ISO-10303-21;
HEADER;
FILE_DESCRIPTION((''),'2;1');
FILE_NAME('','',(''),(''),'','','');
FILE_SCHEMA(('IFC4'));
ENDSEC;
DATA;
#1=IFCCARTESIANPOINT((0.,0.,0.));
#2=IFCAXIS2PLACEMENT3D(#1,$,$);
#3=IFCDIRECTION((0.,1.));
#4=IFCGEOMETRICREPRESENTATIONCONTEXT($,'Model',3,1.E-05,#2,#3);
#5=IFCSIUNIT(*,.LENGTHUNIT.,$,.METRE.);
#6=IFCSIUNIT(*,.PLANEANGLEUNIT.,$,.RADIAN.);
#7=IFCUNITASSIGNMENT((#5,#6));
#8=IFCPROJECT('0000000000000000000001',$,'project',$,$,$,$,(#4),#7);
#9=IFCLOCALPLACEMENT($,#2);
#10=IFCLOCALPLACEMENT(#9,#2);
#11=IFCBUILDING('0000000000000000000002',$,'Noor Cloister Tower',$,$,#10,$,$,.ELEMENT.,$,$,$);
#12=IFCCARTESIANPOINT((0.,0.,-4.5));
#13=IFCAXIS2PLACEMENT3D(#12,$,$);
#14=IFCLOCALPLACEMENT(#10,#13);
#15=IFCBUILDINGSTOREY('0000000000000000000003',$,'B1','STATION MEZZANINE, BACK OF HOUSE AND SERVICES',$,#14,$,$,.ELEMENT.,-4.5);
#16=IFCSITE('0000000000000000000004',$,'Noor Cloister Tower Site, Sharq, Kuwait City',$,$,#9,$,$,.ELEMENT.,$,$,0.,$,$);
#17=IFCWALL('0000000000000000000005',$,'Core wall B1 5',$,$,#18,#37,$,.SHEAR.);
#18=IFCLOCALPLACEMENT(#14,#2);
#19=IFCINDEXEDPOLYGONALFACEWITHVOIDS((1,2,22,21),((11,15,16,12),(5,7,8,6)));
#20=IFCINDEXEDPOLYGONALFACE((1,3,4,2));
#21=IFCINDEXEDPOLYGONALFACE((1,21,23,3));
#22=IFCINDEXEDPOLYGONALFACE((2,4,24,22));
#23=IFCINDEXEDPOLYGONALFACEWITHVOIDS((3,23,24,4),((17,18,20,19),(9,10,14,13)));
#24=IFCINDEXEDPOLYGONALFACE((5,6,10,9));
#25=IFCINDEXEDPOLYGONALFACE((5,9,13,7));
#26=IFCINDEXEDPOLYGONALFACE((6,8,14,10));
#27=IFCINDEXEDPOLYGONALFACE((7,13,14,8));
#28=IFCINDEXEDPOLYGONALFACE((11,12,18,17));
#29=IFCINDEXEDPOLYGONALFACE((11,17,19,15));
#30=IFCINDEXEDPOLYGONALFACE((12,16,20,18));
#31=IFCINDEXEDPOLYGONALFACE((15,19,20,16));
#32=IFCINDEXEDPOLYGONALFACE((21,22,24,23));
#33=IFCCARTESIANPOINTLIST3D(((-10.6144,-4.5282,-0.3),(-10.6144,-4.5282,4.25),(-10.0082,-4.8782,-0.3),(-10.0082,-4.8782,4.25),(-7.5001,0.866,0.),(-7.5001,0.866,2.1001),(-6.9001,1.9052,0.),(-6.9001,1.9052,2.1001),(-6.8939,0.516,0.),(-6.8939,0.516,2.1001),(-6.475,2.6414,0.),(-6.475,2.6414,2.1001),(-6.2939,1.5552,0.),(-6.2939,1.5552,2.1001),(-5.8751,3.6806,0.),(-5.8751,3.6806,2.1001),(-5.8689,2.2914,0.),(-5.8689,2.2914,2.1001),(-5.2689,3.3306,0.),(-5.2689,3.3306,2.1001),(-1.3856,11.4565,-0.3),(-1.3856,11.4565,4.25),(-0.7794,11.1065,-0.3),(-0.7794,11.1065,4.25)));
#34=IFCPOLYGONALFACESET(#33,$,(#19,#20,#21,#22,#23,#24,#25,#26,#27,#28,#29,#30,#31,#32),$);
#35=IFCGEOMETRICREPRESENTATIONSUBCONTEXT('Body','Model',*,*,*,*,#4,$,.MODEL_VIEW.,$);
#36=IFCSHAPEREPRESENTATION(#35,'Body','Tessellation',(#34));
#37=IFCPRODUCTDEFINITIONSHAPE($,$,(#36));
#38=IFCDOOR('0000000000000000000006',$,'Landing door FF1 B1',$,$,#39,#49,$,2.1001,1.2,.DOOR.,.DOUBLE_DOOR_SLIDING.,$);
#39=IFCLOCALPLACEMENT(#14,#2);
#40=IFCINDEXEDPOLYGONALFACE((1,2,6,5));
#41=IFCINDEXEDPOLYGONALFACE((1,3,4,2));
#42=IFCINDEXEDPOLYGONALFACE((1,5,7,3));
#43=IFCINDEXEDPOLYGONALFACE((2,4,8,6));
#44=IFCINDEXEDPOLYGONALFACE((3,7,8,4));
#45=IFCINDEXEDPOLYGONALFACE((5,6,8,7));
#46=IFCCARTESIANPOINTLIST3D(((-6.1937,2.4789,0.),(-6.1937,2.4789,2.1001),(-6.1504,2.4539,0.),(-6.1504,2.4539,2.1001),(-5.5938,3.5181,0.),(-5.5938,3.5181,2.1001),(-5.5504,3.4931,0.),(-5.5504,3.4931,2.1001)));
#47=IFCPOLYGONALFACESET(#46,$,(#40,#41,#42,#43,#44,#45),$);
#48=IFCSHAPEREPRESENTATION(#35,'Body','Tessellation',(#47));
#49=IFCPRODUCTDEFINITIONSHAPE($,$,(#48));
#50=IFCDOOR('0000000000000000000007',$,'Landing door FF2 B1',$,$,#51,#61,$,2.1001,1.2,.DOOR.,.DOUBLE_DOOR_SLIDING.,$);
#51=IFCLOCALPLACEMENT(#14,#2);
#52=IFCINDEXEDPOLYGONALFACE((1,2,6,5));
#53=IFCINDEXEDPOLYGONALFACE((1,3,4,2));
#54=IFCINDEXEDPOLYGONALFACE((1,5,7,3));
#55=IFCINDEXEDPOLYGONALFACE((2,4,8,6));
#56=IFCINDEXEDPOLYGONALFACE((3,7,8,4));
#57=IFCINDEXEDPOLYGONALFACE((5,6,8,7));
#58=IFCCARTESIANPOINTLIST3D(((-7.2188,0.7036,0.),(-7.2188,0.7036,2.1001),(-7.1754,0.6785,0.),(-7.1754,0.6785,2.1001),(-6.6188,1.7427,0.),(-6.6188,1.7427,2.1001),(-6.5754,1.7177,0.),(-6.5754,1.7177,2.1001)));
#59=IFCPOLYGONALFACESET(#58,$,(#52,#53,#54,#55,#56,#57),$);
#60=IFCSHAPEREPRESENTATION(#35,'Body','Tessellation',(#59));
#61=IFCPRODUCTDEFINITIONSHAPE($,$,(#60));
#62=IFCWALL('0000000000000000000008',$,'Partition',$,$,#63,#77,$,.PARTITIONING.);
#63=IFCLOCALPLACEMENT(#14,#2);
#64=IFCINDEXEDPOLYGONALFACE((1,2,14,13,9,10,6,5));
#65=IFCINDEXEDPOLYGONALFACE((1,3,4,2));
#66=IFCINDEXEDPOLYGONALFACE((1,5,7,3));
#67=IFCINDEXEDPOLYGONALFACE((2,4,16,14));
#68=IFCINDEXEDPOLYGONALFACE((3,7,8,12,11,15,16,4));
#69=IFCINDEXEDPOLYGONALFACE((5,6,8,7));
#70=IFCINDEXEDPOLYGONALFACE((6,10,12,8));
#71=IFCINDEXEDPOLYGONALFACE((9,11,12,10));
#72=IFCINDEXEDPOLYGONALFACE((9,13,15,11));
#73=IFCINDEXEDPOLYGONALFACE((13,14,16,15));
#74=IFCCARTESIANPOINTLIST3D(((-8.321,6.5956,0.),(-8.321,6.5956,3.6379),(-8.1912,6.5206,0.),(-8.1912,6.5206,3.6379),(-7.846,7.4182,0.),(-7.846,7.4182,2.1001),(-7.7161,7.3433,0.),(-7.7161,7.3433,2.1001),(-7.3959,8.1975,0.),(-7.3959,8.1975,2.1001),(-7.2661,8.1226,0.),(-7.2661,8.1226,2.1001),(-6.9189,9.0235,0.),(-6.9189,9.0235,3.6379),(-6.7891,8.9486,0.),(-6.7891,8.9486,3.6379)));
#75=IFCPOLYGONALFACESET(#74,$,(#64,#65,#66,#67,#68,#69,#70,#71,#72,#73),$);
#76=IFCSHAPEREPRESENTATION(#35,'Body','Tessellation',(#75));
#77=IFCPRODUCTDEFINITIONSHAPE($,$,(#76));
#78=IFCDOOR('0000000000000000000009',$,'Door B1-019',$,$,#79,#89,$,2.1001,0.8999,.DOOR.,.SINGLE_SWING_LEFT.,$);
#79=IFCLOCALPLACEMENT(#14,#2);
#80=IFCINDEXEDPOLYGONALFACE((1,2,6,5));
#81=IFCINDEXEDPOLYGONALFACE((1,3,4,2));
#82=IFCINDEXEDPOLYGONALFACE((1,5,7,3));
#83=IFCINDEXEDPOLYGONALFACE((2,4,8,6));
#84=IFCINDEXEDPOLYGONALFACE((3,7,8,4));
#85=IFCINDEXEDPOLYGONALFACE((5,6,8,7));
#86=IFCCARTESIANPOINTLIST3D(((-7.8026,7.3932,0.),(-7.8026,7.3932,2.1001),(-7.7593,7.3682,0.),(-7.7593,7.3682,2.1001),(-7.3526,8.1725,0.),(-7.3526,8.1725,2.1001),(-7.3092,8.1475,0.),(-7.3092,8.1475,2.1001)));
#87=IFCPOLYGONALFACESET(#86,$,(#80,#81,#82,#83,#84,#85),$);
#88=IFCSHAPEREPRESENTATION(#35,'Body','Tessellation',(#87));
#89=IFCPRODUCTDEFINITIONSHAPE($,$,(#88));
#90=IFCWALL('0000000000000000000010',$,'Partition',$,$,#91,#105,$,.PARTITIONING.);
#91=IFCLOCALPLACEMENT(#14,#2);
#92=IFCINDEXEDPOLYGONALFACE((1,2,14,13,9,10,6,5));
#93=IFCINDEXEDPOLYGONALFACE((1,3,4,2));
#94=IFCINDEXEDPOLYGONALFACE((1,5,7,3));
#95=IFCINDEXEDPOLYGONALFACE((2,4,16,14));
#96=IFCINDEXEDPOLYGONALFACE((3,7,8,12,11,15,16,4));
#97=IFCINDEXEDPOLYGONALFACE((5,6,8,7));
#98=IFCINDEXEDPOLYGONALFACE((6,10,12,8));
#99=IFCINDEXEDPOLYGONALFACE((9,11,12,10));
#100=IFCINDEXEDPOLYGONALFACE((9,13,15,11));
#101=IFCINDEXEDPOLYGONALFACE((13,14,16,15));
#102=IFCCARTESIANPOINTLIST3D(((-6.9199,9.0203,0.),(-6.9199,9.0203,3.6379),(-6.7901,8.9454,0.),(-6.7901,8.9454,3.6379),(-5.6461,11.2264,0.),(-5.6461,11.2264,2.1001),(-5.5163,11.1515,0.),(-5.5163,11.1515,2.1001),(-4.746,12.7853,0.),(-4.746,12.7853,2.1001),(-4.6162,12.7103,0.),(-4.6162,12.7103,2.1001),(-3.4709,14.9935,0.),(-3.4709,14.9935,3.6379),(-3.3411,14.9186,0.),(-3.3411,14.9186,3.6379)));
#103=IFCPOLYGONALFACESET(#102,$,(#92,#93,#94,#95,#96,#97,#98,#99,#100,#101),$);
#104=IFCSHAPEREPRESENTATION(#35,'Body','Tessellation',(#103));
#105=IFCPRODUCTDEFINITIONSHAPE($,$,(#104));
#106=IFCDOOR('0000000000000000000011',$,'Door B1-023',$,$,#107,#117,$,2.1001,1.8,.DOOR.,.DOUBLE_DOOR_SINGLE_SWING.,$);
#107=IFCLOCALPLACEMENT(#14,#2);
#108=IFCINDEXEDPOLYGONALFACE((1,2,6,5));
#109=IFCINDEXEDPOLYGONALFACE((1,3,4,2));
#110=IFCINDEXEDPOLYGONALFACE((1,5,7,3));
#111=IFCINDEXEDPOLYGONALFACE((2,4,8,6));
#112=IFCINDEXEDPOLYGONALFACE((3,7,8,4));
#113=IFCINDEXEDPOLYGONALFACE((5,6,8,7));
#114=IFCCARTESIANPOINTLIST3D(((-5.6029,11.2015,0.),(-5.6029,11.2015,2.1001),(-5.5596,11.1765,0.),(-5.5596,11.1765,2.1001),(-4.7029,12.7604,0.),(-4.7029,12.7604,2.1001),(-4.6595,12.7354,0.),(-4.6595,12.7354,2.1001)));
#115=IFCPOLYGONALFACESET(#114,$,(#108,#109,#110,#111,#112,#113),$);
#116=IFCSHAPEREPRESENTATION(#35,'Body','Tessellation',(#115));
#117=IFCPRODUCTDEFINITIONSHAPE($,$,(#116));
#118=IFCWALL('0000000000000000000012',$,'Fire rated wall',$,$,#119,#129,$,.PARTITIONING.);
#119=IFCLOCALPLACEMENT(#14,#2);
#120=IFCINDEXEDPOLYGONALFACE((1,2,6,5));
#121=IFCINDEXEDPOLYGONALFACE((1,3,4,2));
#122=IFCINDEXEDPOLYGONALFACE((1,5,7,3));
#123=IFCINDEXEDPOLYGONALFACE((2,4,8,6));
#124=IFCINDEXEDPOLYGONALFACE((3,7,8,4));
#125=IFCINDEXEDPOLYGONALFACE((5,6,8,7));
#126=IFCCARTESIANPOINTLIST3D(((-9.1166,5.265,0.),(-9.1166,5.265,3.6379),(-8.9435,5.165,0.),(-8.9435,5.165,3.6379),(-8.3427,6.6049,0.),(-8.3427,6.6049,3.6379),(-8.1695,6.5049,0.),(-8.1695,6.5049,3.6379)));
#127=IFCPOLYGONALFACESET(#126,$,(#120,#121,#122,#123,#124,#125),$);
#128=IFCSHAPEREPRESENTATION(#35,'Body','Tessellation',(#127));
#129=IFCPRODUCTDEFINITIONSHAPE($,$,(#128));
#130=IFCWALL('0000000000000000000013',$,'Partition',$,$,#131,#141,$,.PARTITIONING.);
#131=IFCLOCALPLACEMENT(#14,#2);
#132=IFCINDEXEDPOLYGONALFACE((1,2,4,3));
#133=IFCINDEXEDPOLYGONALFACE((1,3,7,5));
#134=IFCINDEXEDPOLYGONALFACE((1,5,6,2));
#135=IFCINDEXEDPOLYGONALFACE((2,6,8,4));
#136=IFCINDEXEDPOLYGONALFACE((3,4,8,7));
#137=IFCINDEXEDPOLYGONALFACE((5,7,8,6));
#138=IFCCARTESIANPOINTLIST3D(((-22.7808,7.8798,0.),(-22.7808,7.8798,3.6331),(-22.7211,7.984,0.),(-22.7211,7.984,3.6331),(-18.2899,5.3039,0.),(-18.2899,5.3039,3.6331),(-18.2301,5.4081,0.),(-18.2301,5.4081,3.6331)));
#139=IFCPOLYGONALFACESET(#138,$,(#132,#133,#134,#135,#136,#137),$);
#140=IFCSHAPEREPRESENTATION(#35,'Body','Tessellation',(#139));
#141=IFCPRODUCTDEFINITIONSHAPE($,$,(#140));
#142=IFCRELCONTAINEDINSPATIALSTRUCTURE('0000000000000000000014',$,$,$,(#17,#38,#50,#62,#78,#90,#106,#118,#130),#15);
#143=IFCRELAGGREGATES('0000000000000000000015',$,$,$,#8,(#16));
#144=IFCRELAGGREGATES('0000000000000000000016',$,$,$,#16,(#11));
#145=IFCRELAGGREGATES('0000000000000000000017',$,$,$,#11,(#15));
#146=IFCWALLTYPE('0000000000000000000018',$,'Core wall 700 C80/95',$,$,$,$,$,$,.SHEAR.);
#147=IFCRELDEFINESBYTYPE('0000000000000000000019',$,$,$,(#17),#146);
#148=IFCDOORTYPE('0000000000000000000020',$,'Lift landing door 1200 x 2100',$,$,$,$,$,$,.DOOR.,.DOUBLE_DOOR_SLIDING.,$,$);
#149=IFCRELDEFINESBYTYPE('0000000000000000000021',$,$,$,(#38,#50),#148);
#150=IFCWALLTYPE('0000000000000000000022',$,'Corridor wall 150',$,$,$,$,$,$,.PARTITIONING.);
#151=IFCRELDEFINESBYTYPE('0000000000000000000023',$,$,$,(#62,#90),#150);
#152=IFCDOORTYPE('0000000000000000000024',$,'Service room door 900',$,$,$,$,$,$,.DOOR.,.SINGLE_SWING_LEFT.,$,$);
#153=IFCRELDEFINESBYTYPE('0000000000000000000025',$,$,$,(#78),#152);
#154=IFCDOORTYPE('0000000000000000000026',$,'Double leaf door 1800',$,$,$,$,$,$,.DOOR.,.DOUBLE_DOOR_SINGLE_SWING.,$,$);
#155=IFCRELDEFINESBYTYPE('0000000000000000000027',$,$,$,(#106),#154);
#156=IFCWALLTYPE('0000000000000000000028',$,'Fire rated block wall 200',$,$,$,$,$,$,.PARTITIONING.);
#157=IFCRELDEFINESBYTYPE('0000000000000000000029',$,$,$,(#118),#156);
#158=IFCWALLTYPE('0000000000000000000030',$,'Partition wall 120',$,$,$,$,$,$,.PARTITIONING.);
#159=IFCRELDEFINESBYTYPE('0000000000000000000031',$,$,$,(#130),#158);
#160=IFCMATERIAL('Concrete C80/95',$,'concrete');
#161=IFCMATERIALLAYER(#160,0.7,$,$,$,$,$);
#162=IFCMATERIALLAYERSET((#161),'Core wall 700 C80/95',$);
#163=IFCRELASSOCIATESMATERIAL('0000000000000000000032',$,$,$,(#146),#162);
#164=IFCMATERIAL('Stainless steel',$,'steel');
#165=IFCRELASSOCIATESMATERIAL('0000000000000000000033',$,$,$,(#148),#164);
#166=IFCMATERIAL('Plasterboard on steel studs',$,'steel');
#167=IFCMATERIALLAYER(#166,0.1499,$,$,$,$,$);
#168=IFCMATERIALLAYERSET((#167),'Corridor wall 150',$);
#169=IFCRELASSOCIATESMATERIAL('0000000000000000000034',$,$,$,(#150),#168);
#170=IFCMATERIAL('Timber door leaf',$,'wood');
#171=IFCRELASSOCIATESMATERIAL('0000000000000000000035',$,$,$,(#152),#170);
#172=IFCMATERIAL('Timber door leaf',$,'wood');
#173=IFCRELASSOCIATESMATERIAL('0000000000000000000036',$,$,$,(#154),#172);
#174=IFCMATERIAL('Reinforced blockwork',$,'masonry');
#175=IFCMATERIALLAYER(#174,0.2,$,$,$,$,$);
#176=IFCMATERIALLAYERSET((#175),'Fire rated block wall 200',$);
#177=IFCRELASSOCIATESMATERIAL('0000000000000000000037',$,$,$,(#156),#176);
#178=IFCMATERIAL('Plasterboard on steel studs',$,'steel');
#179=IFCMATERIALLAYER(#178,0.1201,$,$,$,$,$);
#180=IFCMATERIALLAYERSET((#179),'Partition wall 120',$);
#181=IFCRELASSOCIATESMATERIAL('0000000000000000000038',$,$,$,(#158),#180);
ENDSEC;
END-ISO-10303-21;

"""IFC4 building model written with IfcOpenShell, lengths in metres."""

from ifc_helpers import new_model, si_unit, direction, frame, frame_2d, origin, place, context, subcontext, project, spatial, rectangle, extrude, material, layer, layer_set, type_object, element, fill, save


model = new_model("IFC4")

# Units and contexts
model_context = context("Model", 3, precision=1e-05, world=origin(), true_north=direction((0.0, 1.0)))
body_context = subcontext(model_context, "Body", "Model", "MODEL_VIEW")
ifc_project = project(units=[si_unit("LENGTHUNIT", "METRE"), si_unit("PLANEANGLEUNIT", "RADIAN")], contexts=[model_context])

# Site, building, storey
site_placement = place(None, origin())
site = spatial("IfcSite", under=ifc_project, at=site_placement, Name="Noor Cloister Tower Site, Sharq, Kuwait City", CompositionType="ELEMENT", RefElevation=0.0)
building_placement = place(site_placement, origin())
building = spatial("IfcBuilding", under=site, at=building_placement, Name="Noor Cloister Tower", CompositionType="ELEMENT")
storey_placement = place(building_placement, frame((0.0, 0.0, -4.5)))
storey = spatial("IfcBuildingStorey", under=building, at=storey_placement, Name="B1", Description="STATION MEZZANINE, BACK OF HOUSE AND SERVICES", CompositionType="ELEMENT", Elevation=-4.5)

# Wall, openings, doors
ifc_material_1 = material(Name="Concrete C80/95", Category="concrete")
ifc_layer_1 = layer(ifc_material_1, 0.7)
ifc_layer_set_1 = layer_set([ifc_layer_1], Name="Core wall 700 C80/95")
wall_type_1 = type_object("IfcWallType", Name="Core wall 700 C80/95", PredefinedType="SHEAR", material=ifc_layer_set_1)
wall_1_placement = place(storey_placement, frame((-1.0825, 11.2815, -0.3), z_axis=(0.0, 0.0, 1.0), x_axis=(-0.500001, -0.866025, 0.0)))
wall_1 = element("IfcWall", 1, at=wall_1_placement, inside=storey, type_object=wall_type_1, Name="Core wall B1 5", PredefinedType="SHEAR", context=body_context, shape_type="SweptSolid", body=[
    extrude(rectangle(XDim=18.4575, YDim=0.7, at=frame_2d((9.2288, 0.0))), origin(), (0.0, 0.0, 1.0), 4.55),
])
opening_1_placement = place(wall_1_placement, frame((8.9788, 0.0, 0.3)))
opening_1 = element("IfcOpeningElement", 2, at=opening_1_placement, cuts=wall_1, PredefinedType="OPENING", context=body_context, shape_type="SweptSolid", body=[
    extrude(rectangle(XDim=1.2, YDim=2.1001, at=frame_2d((0.6001, 1.05))), frame((0.0, 0.3599, 0.0), z_axis=(0.0, -1.0, 0.0), x_axis=(1.0, 0.0, 0.0)), (0.0, 0.0, 1.0), 0.72),
])
opening_2_placement = place(wall_1_placement, frame((11.0288, 0.0, 0.3)))
opening_2 = element("IfcOpeningElement", 3, at=opening_2_placement, cuts=wall_1, PredefinedType="OPENING", context=body_context, shape_type="SweptSolid", body=[
    extrude(rectangle(XDim=1.2, YDim=2.1001, at=frame_2d((0.6001, 1.05))), frame((0.0, 0.3599, 0.0), z_axis=(0.0, -1.0, 0.0), x_axis=(1.0, 0.0, 0.0)), (0.0, 0.0, 1.0), 0.72),
])
ifc_material_2 = material(Name="Stainless steel", Category="steel")
door_type_1 = type_object("IfcDoorType", Name="Lift landing door 1200 x 2100", OperationType="DOUBLE_DOOR_SLIDING", PredefinedType="DOOR", material=ifc_material_2)
door_1_placement = place(opening_1_placement, origin())
door_1 = element("IfcDoor", 4, at=door_1_placement, inside=storey, type_object=door_type_1, Name="Landing door FF1 B1", OperationType="DOUBLE_DOOR_SLIDING", OverallHeight=2.1001, OverallWidth=1.2, PredefinedType="DOOR", context=body_context, shape_type="SweptSolid", body=[
    extrude(rectangle(XDim=1.2, YDim=2.1001, at=frame_2d((0.6001, 1.05))), frame((0.0, 0.0249, 0.0), z_axis=(0.0, -1.0, 0.0), x_axis=(1.0, 0.0, 0.0)), (0.0, 0.0, 1.0), 0.05),
])
fill(opening_1, door_1)
door_2_placement = place(opening_2_placement, origin())
door_2 = element("IfcDoor", 5, at=door_2_placement, inside=storey, type_object=door_type_1, Name="Landing door FF2 B1", OperationType="DOUBLE_DOOR_SLIDING", OverallHeight=2.1001, OverallWidth=1.2, PredefinedType="DOOR", context=body_context, shape_type="SweptSolid", body=[
    extrude(rectangle(XDim=1.2, YDim=2.1001, at=frame_2d((0.6001, 1.05))), frame((0.0, 0.0249, 0.0), z_axis=(0.0, -1.0, 0.0), x_axis=(1.0, 0.0, 0.0)), (0.0, 0.0, 1.0), 0.05),
])
fill(opening_2, door_2)

# Walls, openings, doors
ifc_material_3 = material(Name="Plasterboard on steel studs", Category="steel")
ifc_layer_2 = layer(ifc_material_3, 0.1499)
ifc_layer_set_2 = layer_set([ifc_layer_2], Name="Corridor wall 150")
wall_type_2 = type_object("IfcWallType", Name="Corridor wall 150", PredefinedType="PARTITIONING", material=ifc_layer_set_2)
wall_2_placement = place(storey_placement, frame((-8.2561, 6.5581, 0.0), z_axis=(0.0, 0.0, 1.0), x_axis=(0.500082, 0.865978, 0.0)))
wall_2 = element("IfcWall", 6, at=wall_2_placement, inside=storey, type_object=wall_type_2, Name="Partition", PredefinedType="PARTITIONING", context=body_context, shape_type="SweptSolid", body=[
    extrude(rectangle(XDim=2.8037, YDim=0.1499, at=frame_2d((1.4019, 0.0))), origin(), (0.0, 0.0, 1.0), 3.6379),
])
opening_3_placement = place(wall_2_placement, frame((0.95, 0.0, 0.0)))
opening_3 = element("IfcOpeningElement", 7, at=opening_3_placement, cuts=wall_2, PredefinedType="OPENING", context=body_context, shape_type="SweptSolid", body=[
    extrude(rectangle(XDim=0.8999, YDim=2.1001, at=frame_2d((0.45, 1.05))), frame((0.0, 0.085, 0.0), z_axis=(0.0, -1.0, 0.0), x_axis=(1.0, 0.0, 0.0)), (0.0, 0.0, 1.0), 0.1699),
])
ifc_material_4 = material(Name="Timber door leaf", Category="wood")
door_type_2 = type_object("IfcDoorType", Name="Service room door 900", OperationType="SINGLE_SWING_LEFT", PredefinedType="DOOR", material=ifc_material_4)
door_3_placement = place(opening_3_placement, origin())
door_3 = element("IfcDoor", 8, at=door_3_placement, inside=storey, type_object=door_type_2, Name="Door B1-019", OperationType="SINGLE_SWING_LEFT", OverallHeight=2.1001, OverallWidth=0.8999, PredefinedType="DOOR", context=body_context, shape_type="SweptSolid", body=[
    extrude(rectangle(XDim=0.8999, YDim=2.1001, at=frame_2d((0.45, 1.05))), frame((0.0, 0.0249, 0.0), z_axis=(0.0, -1.0, 0.0), x_axis=(1.0, 0.0, 0.0)), (0.0, 0.0, 1.0), 0.05),
])
fill(opening_3, door_3)
wall_3_placement = place(storey_placement, frame((-3.406, 14.9561, 0.0), z_axis=(0.0, 0.0, 1.0), x_axis=(-0.500041, -0.866002, 0.0)))
wall_3 = element("IfcWall", 9, at=wall_3_placement, inside=storey, type_object=wall_type_2, Name="Partition", PredefinedType="PARTITIONING", context=body_context, shape_type="SweptSolid", body=[
    extrude(rectangle(XDim=6.8975, YDim=0.1499, at=frame_2d((3.4487, 0.0))), origin(), (0.0, 0.0, 1.0), 3.6379),
])
opening_4_placement = place(wall_3_placement, frame((2.55, 0.0, 0.0)))
opening_4 = element("IfcOpeningElement", 10, at=opening_4_placement, cuts=wall_3, PredefinedType="OPENING", context=body_context, shape_type="SweptSolid", body=[
    extrude(rectangle(XDim=1.8, YDim=2.1001, at=frame_2d((0.8999, 1.05))), frame((0.0, 0.085, 0.0), z_axis=(0.0, -1.0, 0.0), x_axis=(1.0, 0.0, 0.0)), (0.0, 0.0, 1.0), 0.1699),
])
ifc_material_5 = material(Name="Timber door leaf", Category="wood")
door_type_3 = type_object("IfcDoorType", Name="Double leaf door 1800", OperationType="DOUBLE_DOOR_SINGLE_SWING", PredefinedType="DOOR", material=ifc_material_5)
door_4_placement = place(opening_4_placement, origin())
door_4 = element("IfcDoor", 11, at=door_4_placement, inside=storey, type_object=door_type_3, Name="Door B1-023", OperationType="DOUBLE_DOOR_SINGLE_SWING", OverallHeight=2.1001, OverallWidth=1.8, PredefinedType="DOOR", context=body_context, shape_type="SweptSolid", body=[
    extrude(rectangle(XDim=1.8, YDim=2.1001, at=frame_2d((0.8999, 1.05))), frame((0.0, 0.0249, 0.0), z_axis=(0.0, -1.0, 0.0), x_axis=(1.0, 0.0, 0.0)), (0.0, 0.0, 1.0), 0.05),
])
fill(opening_4, door_4)

# Walls
ifc_material_6 = material(Name="Reinforced blockwork", Category="masonry")
ifc_layer_3 = layer(ifc_material_6, 0.2)
ifc_layer_set_3 = layer_set([ifc_layer_3], Name="Fire rated block wall 200")
wall_type_3 = type_object("IfcWallType", Name="Fire rated block wall 200", PredefinedType="PARTITIONING", material=ifc_layer_set_3)
wall_4_placement = place(storey_placement, frame((-8.2561, 6.5549, 0.0), z_axis=(0.0, 0.0, 1.0), x_axis=(-0.500178, -0.865923, 0.0)))
element("IfcWall", 12, at=wall_4_placement, inside=storey, type_object=wall_type_3, Name="Fire rated wall", PredefinedType="PARTITIONING", context=body_context, shape_type="SweptSolid", body=[
    extrude(rectangle(XDim=1.5474, YDim=0.2, at=frame_2d((0.7737, 0.0))), origin(), (0.0, 0.0, 1.0), 3.6379),
])
ifc_material_7 = material(Name="Plasterboard on steel studs", Category="steel")
ifc_layer_4 = layer(ifc_material_7, 0.1201)
ifc_layer_set_4 = layer_set([ifc_layer_4], Name="Partition wall 120")
wall_type_4 = type_object("IfcWallType", Name="Partition wall 120", PredefinedType="PARTITIONING", material=ifc_layer_set_4)
wall_5_placement = place(storey_placement, frame((-18.26, 5.356, 0.0), z_axis=(0.0, 0.0, 1.0), x_axis=(-0.867438, 0.497545, 0.0)))
element("IfcWall", 13, at=wall_5_placement, inside=storey, type_object=wall_type_4, Name="Partition", PredefinedType="PARTITIONING", context=body_context, shape_type="SweptSolid", body=[
    extrude(rectangle(XDim=5.1772, YDim=0.1201, at=frame_2d((2.5886, 0.0))), origin(), (0.0, 0.0, 1.0), 3.6331),
])

save(model, "model.ifc")
